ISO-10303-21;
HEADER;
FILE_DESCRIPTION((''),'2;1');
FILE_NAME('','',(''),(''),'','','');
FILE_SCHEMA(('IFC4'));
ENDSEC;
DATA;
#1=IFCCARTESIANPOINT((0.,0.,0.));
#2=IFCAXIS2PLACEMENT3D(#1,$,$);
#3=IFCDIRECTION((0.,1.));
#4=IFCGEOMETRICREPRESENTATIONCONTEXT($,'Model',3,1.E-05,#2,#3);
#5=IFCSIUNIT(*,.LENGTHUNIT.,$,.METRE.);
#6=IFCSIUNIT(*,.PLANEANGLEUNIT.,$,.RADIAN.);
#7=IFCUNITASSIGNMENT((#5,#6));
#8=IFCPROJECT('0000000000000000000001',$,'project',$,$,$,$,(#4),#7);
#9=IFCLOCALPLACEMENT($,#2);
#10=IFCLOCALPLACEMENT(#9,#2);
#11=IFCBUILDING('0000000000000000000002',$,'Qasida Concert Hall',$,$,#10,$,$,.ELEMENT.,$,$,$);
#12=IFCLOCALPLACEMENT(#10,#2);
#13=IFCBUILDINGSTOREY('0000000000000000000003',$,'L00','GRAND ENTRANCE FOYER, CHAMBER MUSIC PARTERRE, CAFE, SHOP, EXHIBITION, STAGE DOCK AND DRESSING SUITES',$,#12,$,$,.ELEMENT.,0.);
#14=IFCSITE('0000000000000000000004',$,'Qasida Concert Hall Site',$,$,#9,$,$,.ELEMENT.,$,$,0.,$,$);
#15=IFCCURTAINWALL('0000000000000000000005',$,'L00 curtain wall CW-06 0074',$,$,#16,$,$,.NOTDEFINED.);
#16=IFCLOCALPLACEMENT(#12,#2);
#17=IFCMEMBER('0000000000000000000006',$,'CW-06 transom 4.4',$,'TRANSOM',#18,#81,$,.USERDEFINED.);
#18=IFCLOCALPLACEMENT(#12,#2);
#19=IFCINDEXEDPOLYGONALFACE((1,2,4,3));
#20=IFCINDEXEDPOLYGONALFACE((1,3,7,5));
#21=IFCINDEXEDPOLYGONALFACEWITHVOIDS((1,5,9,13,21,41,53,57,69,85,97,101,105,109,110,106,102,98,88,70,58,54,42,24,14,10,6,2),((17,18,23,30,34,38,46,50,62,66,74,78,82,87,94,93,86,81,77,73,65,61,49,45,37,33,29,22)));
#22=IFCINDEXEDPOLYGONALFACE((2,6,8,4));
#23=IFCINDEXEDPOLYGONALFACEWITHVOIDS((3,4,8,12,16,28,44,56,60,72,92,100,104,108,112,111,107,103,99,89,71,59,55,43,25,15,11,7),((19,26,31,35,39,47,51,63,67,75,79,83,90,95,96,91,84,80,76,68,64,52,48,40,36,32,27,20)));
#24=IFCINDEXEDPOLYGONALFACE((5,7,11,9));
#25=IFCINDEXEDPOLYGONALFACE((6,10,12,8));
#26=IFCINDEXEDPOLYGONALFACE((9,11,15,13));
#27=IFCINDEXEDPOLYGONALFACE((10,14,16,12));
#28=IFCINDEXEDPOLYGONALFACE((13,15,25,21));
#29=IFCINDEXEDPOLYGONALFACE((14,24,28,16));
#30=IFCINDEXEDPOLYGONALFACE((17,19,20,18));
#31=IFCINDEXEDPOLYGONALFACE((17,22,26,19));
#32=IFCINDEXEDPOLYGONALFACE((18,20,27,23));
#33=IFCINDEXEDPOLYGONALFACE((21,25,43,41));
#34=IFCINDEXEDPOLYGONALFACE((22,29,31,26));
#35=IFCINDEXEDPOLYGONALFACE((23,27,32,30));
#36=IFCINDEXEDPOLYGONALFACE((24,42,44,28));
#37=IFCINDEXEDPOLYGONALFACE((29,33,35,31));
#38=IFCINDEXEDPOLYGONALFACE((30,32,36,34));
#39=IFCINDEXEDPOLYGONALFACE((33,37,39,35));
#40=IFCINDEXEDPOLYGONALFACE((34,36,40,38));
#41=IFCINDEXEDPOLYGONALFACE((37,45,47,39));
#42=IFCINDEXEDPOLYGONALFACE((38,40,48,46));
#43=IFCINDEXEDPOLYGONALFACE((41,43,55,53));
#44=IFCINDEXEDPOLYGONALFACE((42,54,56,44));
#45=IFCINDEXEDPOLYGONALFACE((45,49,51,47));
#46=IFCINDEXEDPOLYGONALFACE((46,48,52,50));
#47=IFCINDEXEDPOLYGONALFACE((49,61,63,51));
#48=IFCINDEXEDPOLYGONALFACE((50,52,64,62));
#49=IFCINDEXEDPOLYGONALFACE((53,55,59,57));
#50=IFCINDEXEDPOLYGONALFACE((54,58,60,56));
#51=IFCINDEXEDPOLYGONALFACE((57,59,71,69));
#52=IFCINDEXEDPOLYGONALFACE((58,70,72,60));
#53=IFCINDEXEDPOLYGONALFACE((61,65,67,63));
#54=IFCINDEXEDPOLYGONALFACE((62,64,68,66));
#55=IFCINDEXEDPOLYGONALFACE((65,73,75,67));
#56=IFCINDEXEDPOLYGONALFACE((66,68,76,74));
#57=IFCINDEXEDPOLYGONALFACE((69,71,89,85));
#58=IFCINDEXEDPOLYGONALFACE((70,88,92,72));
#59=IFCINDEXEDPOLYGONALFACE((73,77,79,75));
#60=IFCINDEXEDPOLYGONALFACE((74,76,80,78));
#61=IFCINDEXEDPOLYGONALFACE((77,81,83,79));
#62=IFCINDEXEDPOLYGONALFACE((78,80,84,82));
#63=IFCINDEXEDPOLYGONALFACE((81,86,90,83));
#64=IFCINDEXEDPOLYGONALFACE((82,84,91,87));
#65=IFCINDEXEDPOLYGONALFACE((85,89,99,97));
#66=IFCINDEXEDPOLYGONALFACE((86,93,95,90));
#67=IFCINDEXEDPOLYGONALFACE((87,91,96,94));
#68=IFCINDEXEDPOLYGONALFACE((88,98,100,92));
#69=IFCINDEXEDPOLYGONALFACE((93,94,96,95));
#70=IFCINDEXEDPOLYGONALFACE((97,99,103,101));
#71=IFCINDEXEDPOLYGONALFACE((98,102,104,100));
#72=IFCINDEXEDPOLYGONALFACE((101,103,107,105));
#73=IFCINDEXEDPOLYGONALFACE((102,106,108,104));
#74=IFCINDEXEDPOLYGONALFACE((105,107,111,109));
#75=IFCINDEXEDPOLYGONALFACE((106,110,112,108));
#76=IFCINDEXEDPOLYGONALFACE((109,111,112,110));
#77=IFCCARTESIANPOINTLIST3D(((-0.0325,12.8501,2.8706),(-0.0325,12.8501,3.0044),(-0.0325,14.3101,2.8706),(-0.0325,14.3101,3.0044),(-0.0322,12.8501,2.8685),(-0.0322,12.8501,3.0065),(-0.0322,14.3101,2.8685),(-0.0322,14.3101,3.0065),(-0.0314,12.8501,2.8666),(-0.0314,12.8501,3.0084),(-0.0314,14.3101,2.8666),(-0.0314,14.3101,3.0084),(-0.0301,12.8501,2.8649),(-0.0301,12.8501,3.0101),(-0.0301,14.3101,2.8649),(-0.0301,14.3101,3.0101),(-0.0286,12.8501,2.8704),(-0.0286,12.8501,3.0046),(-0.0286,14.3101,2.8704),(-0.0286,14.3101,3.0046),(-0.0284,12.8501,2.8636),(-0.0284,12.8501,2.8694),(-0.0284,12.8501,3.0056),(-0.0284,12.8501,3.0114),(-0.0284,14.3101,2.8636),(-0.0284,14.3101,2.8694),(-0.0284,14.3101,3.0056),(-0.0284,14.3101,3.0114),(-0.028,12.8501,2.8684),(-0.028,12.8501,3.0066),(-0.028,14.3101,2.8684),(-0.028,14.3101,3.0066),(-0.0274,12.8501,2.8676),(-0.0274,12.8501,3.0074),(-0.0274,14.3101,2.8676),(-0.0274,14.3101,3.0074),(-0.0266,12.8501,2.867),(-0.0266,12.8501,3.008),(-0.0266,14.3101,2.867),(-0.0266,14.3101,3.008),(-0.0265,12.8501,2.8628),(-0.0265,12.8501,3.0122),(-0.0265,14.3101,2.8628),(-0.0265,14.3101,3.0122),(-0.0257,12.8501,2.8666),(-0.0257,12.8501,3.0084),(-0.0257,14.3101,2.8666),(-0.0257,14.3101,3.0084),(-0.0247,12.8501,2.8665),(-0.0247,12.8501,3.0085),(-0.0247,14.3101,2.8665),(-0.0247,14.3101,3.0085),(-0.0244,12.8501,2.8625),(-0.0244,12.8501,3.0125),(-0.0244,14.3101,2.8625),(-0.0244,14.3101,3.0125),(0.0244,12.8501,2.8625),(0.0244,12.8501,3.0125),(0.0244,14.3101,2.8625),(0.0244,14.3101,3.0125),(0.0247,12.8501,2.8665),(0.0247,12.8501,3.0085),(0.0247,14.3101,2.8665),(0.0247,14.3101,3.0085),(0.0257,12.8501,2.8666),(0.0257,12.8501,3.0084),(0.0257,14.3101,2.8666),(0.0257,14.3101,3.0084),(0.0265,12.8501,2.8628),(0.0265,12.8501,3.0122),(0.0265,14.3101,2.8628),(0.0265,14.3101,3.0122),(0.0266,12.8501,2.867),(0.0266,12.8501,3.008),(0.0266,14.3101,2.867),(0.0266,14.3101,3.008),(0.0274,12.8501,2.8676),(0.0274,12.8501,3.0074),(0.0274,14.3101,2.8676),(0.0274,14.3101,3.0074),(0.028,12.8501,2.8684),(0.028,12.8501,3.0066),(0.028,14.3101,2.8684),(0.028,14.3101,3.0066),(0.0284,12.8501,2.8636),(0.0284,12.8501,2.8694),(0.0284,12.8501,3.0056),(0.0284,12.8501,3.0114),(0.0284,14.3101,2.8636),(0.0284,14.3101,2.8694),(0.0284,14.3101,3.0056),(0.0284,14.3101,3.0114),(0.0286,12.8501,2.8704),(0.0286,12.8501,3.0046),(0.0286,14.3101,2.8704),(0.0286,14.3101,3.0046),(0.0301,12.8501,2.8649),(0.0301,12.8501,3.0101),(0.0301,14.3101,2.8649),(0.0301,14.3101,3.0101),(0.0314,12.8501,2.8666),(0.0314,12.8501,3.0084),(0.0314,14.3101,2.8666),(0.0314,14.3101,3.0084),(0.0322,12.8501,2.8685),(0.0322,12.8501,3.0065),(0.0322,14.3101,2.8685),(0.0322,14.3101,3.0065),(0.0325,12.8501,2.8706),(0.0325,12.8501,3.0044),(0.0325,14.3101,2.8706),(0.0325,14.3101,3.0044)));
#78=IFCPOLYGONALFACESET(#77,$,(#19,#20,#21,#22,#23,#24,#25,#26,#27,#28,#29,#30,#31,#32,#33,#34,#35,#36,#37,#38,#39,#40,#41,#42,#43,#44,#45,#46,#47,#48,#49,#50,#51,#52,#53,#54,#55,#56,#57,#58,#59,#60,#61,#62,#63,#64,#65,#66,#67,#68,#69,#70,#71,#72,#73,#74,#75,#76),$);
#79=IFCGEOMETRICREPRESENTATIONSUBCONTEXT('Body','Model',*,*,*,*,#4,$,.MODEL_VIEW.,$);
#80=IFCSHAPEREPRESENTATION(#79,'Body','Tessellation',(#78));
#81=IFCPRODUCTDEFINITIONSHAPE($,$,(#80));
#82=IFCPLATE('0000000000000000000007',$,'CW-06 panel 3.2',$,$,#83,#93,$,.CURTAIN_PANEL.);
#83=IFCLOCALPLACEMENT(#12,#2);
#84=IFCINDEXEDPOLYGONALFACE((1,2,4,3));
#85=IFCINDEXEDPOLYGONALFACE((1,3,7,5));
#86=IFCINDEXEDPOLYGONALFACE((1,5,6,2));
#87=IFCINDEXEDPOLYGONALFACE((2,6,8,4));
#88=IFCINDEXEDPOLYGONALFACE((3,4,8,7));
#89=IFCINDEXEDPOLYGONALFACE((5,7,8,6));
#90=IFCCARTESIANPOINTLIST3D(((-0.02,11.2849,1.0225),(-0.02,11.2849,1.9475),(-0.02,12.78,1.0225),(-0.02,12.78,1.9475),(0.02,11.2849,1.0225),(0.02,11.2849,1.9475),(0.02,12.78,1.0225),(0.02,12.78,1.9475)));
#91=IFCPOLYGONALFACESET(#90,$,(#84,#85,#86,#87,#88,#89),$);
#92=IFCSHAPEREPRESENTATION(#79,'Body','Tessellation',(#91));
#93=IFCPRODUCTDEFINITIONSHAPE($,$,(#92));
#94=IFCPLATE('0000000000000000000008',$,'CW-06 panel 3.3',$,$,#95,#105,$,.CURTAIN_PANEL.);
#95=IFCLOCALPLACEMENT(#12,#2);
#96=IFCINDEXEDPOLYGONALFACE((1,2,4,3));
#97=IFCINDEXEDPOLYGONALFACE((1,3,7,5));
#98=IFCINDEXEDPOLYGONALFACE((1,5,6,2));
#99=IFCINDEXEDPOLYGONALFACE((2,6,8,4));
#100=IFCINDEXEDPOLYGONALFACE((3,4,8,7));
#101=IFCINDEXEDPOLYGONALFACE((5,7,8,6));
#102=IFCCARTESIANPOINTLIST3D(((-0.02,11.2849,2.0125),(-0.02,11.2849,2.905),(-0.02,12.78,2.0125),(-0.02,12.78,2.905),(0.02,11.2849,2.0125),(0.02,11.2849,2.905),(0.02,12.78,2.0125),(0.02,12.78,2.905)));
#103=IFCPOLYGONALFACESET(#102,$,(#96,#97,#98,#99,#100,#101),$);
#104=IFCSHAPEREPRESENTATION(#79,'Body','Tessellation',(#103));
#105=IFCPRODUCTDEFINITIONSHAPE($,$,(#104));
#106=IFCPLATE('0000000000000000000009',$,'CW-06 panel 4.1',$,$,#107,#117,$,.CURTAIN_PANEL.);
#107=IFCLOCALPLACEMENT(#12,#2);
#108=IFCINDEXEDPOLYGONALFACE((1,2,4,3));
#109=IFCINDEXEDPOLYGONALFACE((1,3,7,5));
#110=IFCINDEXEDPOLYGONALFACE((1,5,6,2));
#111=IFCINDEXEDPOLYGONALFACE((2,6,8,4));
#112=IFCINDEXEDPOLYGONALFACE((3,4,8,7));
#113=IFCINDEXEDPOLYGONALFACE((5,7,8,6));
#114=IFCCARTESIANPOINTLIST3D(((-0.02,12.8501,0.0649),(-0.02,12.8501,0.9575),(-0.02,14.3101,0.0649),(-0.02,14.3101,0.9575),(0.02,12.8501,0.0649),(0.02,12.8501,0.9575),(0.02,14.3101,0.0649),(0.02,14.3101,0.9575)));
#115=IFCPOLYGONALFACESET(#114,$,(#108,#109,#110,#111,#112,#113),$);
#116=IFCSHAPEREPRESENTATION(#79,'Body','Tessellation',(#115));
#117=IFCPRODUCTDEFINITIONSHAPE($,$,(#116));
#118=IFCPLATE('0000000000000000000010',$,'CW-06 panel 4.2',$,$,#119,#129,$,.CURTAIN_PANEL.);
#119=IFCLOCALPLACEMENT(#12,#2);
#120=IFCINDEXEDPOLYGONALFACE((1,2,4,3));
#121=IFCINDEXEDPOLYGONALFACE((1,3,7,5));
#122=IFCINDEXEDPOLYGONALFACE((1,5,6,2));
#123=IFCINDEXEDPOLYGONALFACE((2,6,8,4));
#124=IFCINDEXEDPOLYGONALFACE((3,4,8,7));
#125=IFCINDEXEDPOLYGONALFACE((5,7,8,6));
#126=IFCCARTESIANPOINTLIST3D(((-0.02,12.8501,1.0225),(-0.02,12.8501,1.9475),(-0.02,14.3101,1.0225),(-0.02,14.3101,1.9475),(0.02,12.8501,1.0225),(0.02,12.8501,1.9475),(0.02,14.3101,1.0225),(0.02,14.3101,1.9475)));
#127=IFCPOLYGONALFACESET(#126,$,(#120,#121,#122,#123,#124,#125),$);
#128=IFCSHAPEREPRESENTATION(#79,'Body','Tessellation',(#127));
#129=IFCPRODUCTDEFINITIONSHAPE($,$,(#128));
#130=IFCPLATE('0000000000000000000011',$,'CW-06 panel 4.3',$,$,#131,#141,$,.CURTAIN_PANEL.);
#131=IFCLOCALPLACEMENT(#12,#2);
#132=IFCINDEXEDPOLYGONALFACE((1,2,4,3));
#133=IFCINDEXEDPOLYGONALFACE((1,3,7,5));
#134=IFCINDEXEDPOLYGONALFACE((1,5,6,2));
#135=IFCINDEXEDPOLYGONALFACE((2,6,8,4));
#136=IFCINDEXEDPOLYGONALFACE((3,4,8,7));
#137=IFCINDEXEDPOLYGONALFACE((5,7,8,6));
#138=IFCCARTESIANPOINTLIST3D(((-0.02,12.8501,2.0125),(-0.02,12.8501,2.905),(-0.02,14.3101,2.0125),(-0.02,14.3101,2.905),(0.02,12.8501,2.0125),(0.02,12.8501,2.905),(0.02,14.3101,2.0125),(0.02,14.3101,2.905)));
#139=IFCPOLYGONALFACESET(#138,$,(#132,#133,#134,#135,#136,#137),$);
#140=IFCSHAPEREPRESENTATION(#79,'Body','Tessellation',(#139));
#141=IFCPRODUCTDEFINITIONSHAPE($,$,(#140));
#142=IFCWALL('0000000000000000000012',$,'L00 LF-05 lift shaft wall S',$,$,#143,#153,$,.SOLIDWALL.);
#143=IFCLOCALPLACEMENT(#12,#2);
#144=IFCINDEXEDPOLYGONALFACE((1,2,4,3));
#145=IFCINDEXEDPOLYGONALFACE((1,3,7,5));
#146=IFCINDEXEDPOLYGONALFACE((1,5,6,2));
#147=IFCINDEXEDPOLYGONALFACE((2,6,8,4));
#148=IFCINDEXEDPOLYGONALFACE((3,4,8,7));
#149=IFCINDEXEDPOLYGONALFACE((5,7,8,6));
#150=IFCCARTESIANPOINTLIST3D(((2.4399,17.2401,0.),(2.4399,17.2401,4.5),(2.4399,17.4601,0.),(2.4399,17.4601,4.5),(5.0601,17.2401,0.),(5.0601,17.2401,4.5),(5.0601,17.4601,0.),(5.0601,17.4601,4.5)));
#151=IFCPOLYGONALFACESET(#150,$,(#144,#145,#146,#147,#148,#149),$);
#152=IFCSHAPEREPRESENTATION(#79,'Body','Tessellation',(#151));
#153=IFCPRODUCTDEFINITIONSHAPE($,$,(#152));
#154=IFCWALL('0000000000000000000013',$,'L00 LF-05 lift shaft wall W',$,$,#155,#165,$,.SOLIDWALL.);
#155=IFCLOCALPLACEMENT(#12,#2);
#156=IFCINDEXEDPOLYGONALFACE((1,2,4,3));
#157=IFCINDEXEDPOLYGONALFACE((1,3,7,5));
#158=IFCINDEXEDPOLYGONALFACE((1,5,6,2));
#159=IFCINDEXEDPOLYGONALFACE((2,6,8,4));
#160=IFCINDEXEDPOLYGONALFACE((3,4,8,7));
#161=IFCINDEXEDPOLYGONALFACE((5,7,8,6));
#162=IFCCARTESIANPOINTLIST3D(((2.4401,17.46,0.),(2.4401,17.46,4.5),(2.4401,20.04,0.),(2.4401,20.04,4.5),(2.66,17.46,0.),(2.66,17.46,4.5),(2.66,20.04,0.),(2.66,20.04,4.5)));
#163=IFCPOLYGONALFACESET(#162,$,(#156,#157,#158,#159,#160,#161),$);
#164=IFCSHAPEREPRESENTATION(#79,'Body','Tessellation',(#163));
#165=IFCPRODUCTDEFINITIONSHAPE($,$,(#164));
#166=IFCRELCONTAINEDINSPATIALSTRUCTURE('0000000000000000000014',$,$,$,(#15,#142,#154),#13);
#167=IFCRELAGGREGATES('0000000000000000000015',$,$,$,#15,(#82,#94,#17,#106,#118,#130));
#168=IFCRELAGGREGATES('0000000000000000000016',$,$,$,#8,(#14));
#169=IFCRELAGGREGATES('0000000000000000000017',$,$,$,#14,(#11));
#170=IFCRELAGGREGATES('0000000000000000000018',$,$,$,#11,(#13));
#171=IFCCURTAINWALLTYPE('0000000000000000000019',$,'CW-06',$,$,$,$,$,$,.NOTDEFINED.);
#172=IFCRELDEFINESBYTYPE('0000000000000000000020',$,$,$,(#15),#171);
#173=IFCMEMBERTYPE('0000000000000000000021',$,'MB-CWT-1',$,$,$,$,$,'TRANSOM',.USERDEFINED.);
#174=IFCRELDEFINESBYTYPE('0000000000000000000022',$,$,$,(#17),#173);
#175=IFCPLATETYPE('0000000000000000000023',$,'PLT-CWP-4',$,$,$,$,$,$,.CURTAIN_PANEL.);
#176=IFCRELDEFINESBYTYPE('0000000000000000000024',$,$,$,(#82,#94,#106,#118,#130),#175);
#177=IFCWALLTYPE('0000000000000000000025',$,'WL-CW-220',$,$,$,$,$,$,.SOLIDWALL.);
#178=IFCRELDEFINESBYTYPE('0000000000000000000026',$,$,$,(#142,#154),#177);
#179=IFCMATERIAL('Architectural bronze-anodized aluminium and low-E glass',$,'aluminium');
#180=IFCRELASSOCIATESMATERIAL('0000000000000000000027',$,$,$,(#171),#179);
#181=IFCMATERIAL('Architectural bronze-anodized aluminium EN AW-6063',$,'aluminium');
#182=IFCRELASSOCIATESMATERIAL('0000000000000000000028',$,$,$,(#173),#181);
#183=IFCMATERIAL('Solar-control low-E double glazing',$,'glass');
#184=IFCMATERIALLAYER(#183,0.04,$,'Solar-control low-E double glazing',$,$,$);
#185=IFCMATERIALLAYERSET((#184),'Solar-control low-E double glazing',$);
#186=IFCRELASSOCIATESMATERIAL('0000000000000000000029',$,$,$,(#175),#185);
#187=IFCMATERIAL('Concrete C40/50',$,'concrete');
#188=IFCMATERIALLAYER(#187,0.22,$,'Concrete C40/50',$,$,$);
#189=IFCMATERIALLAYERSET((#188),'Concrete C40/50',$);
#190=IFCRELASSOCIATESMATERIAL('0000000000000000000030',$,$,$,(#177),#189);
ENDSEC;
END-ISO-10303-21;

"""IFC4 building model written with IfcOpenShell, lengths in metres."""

from ifc_helpers import new_model, si_unit, direction, frame, frame_2d, origin, origin_2d, place, context, subcontext, project, spatial, rectangle, hollow_rectangle, extrude, material, layer, layer_set, material_profile, profile_set, type_object, element, aggregate, save


model = new_model("IFC4")

# Units and contexts
model_context = context("Model", 3, precision=1e-05, world=origin(), true_north=direction((0.0, 1.0)))
body_context = subcontext(model_context, "Body", "Model", "MODEL_VIEW")
ifc_project = project(units=[si_unit("LENGTHUNIT", "METRE"), si_unit("PLANEANGLEUNIT", "RADIAN")], contexts=[model_context])

# Site, building, storey
site_placement = place(None, origin())
site = spatial("IfcSite", under=ifc_project, at=site_placement, Name="Qasida Concert Hall Site", CompositionType="ELEMENT", RefElevation=0.0)
building_placement = place(site_placement, origin())
building = spatial("IfcBuilding", under=site, at=building_placement, Name="Qasida Concert Hall", CompositionType="ELEMENT")
storey_placement = place(building_placement, origin())
storey = spatial("IfcBuildingStorey", under=building, at=storey_placement, Name="L00", Description="GRAND ENTRANCE FOYER, CHAMBER MUSIC PARTERRE, CAFE, SHOP, EXHIBITION, STAGE DOCK AND DRESSING SUITES", CompositionType="ELEMENT", Elevation=0.0)

# Shared definitions
ifc_material_1 = material(Name="Concrete C40/50", Category="concrete")

# Curtain wall, member, plates
ifc_material_2 = material(Name="Architectural bronze-anodized aluminium and low-E glass", Category="aluminium")
curtain_wall_type = type_object("IfcCurtainWallType", Name="CW-06", PredefinedType="NOTDEFINED", material=ifc_material_2)
curtain_wall_placement = place(storey_placement, origin())
curtain_wall = element("IfcCurtainWall", 1, at=curtain_wall_placement, inside=storey, type_object=curtain_wall_type, Name="L00 curtain wall CW-06 0074", PredefinedType="NOTDEFINED")
ifc_material_3 = material(Name="Architectural bronze-anodized aluminium EN AW-6063", Category="aluminium")
ifc_material_profile_1 = material_profile(ifc_material_3, hollow_rectangle(XDim=0.0649, YDim=0.1499, WallThickness=0.0039, InnerFilletRadius=0.0039, OuterFilletRadius=0.0081, at=origin_2d()), Name="CWT 150x65x4")
ifc_profile_set_1 = profile_set([ifc_material_profile_1], Name="Architectural bronze-anodized aluminium EN AW-6063")
member_type_1 = type_object("IfcMemberType", Name="MB-CWT-1", ElementType="TRANSOM", PredefinedType="USERDEFINED", material=ifc_profile_set_1)
member_1_placement = place(storey_placement, frame((0.0, 12.8501, 2.9375), z_axis=(0.0, 1.0, 0.0), x_axis=(-1.0, 0.0, 0.0)))
member_1 = element("IfcMember", 2, at=member_1_placement, type_object=member_type_1, Name="CW-06 transom 4.4", ObjectType="TRANSOM", PredefinedType="USERDEFINED", context=body_context, shape_type="SweptSolid", body=[
    extrude(hollow_rectangle(XDim=0.0649, YDim=0.1499, WallThickness=0.0039, InnerFilletRadius=0.0039, OuterFilletRadius=0.0081, at=origin_2d()), origin(), (0.0, 0.0, 1.0), 1.46),
])
ifc_material_4 = material(Name="Solar-control low-E double glazing", Category="glass")
ifc_layer_1 = layer(ifc_material_4, 0.04, Name="Solar-control low-E double glazing")
ifc_layer_set_1 = layer_set([ifc_layer_1], Name="Solar-control low-E double glazing")
plate_type = type_object("IfcPlateType", Name="PLT-CWP-4", PredefinedType="CURTAIN_PANEL", material=ifc_layer_set_1)
plate_1_placement = place(storey_placement, frame((0.0, 12.0325, 1.0225), z_axis=(0.0, 0.0, 1.0), x_axis=(0.0, 1.0, 0.0)))
plate_1 = element("IfcPlate", 3, at=plate_1_placement, type_object=plate_type, Name="CW-06 panel 3.2", PredefinedType="CURTAIN_PANEL", context=body_context, shape_type="SweptSolid", body=[
    extrude(rectangle(XDim=1.4951, YDim=0.04, at=origin_2d()), origin(), (0.0, 0.0, 1.0), 0.925),
])
plate_2_placement = place(storey_placement, frame((0.0, 12.0325, 2.0125), z_axis=(0.0, 0.0, 1.0), x_axis=(0.0, 1.0, 0.0)))
plate_2 = element("IfcPlate", 4, at=plate_2_placement, type_object=plate_type, Name="CW-06 panel 3.3", PredefinedType="CURTAIN_PANEL", context=body_context, shape_type="SweptSolid", body=[
    extrude(rectangle(XDim=1.4951, YDim=0.04, at=origin_2d()), origin(), (0.0, 0.0, 1.0), 0.8926),
])
plate_3_placement = place(storey_placement, frame((0.0, 13.5801, 0.0649), z_axis=(0.0, 0.0, 1.0), x_axis=(0.0, 1.0, 0.0)))
plate_3 = element("IfcPlate", 5, at=plate_3_placement, type_object=plate_type, Name="CW-06 panel 4.1", PredefinedType="CURTAIN_PANEL", context=body_context, shape_type="SweptSolid", body=[
    extrude(rectangle(XDim=1.46, YDim=0.04, at=origin_2d()), origin(), (0.0, 0.0, 1.0), 0.8926),
])
plate_4_placement = place(storey_placement, frame((0.0, 13.5801, 1.0225), z_axis=(0.0, 0.0, 1.0), x_axis=(0.0, 1.0, 0.0)))
plate_4 = element("IfcPlate", 6, at=plate_4_placement, type_object=plate_type, Name="CW-06 panel 4.2", PredefinedType="CURTAIN_PANEL", context=body_context, shape_type="SweptSolid", body=[
    extrude(rectangle(XDim=1.46, YDim=0.04, at=origin_2d()), origin(), (0.0, 0.0, 1.0), 0.925),
])
plate_5_placement = place(storey_placement, frame((0.0, 13.5801, 2.0125), z_axis=(0.0, 0.0, 1.0), x_axis=(0.0, 1.0, 0.0)))
plate_5 = element("IfcPlate", 7, at=plate_5_placement, type_object=plate_type, Name="CW-06 panel 4.3", PredefinedType="CURTAIN_PANEL", context=body_context, shape_type="SweptSolid", body=[
    extrude(rectangle(XDim=1.46, YDim=0.04, at=origin_2d()), origin(), (0.0, 0.0, 1.0), 0.8926),
])
aggregate(curtain_wall, [plate_1, plate_2, member_1, plate_3, plate_4, plate_5])

# Walls
ifc_layer_2 = layer(ifc_material_1, 0.22, Name="Concrete C40/50")
ifc_layer_set_2 = layer_set([ifc_layer_2], Name="Concrete C40/50")
wall_type_1 = type_object("IfcWallType", Name="WL-CW-220", PredefinedType="SOLIDWALL", material=ifc_layer_set_2)
wall_1_placement = place(storey_placement, frame((2.4399, 17.3501, 0.0), z_axis=(0.0, 0.0, 1.0), x_axis=(1.0, 0.0, 0.0)))
element("IfcWall", 8, at=wall_1_placement, inside=storey, type_object=wall_type_1, Name="L00 LF-05 lift shaft wall S", PredefinedType="SOLIDWALL", context=body_context, shape_type="SweptSolid", body=[
    extrude(rectangle(XDim=2.6201, YDim=0.22, at=frame_2d((1.3101, 0.0))), origin(), (0.0, 0.0, 1.0), 4.5),
])
wall_2_placement = place(storey_placement, frame((2.55, 17.46, 0.0), z_axis=(0.0, 0.0, 1.0), x_axis=(0.0, 1.0, 0.0)))
element("IfcWall", 9, at=wall_2_placement, inside=storey, type_object=wall_type_1, Name="L00 LF-05 lift shaft wall W", PredefinedType="SOLIDWALL", context=body_context, shape_type="SweptSolid", body=[
    extrude(rectangle(XDim=2.5801, YDim=0.22, at=frame_2d((1.29, 0.0))), origin(), (0.0, 0.0, 1.0), 4.5),
])

save(model, "model.ifc")
